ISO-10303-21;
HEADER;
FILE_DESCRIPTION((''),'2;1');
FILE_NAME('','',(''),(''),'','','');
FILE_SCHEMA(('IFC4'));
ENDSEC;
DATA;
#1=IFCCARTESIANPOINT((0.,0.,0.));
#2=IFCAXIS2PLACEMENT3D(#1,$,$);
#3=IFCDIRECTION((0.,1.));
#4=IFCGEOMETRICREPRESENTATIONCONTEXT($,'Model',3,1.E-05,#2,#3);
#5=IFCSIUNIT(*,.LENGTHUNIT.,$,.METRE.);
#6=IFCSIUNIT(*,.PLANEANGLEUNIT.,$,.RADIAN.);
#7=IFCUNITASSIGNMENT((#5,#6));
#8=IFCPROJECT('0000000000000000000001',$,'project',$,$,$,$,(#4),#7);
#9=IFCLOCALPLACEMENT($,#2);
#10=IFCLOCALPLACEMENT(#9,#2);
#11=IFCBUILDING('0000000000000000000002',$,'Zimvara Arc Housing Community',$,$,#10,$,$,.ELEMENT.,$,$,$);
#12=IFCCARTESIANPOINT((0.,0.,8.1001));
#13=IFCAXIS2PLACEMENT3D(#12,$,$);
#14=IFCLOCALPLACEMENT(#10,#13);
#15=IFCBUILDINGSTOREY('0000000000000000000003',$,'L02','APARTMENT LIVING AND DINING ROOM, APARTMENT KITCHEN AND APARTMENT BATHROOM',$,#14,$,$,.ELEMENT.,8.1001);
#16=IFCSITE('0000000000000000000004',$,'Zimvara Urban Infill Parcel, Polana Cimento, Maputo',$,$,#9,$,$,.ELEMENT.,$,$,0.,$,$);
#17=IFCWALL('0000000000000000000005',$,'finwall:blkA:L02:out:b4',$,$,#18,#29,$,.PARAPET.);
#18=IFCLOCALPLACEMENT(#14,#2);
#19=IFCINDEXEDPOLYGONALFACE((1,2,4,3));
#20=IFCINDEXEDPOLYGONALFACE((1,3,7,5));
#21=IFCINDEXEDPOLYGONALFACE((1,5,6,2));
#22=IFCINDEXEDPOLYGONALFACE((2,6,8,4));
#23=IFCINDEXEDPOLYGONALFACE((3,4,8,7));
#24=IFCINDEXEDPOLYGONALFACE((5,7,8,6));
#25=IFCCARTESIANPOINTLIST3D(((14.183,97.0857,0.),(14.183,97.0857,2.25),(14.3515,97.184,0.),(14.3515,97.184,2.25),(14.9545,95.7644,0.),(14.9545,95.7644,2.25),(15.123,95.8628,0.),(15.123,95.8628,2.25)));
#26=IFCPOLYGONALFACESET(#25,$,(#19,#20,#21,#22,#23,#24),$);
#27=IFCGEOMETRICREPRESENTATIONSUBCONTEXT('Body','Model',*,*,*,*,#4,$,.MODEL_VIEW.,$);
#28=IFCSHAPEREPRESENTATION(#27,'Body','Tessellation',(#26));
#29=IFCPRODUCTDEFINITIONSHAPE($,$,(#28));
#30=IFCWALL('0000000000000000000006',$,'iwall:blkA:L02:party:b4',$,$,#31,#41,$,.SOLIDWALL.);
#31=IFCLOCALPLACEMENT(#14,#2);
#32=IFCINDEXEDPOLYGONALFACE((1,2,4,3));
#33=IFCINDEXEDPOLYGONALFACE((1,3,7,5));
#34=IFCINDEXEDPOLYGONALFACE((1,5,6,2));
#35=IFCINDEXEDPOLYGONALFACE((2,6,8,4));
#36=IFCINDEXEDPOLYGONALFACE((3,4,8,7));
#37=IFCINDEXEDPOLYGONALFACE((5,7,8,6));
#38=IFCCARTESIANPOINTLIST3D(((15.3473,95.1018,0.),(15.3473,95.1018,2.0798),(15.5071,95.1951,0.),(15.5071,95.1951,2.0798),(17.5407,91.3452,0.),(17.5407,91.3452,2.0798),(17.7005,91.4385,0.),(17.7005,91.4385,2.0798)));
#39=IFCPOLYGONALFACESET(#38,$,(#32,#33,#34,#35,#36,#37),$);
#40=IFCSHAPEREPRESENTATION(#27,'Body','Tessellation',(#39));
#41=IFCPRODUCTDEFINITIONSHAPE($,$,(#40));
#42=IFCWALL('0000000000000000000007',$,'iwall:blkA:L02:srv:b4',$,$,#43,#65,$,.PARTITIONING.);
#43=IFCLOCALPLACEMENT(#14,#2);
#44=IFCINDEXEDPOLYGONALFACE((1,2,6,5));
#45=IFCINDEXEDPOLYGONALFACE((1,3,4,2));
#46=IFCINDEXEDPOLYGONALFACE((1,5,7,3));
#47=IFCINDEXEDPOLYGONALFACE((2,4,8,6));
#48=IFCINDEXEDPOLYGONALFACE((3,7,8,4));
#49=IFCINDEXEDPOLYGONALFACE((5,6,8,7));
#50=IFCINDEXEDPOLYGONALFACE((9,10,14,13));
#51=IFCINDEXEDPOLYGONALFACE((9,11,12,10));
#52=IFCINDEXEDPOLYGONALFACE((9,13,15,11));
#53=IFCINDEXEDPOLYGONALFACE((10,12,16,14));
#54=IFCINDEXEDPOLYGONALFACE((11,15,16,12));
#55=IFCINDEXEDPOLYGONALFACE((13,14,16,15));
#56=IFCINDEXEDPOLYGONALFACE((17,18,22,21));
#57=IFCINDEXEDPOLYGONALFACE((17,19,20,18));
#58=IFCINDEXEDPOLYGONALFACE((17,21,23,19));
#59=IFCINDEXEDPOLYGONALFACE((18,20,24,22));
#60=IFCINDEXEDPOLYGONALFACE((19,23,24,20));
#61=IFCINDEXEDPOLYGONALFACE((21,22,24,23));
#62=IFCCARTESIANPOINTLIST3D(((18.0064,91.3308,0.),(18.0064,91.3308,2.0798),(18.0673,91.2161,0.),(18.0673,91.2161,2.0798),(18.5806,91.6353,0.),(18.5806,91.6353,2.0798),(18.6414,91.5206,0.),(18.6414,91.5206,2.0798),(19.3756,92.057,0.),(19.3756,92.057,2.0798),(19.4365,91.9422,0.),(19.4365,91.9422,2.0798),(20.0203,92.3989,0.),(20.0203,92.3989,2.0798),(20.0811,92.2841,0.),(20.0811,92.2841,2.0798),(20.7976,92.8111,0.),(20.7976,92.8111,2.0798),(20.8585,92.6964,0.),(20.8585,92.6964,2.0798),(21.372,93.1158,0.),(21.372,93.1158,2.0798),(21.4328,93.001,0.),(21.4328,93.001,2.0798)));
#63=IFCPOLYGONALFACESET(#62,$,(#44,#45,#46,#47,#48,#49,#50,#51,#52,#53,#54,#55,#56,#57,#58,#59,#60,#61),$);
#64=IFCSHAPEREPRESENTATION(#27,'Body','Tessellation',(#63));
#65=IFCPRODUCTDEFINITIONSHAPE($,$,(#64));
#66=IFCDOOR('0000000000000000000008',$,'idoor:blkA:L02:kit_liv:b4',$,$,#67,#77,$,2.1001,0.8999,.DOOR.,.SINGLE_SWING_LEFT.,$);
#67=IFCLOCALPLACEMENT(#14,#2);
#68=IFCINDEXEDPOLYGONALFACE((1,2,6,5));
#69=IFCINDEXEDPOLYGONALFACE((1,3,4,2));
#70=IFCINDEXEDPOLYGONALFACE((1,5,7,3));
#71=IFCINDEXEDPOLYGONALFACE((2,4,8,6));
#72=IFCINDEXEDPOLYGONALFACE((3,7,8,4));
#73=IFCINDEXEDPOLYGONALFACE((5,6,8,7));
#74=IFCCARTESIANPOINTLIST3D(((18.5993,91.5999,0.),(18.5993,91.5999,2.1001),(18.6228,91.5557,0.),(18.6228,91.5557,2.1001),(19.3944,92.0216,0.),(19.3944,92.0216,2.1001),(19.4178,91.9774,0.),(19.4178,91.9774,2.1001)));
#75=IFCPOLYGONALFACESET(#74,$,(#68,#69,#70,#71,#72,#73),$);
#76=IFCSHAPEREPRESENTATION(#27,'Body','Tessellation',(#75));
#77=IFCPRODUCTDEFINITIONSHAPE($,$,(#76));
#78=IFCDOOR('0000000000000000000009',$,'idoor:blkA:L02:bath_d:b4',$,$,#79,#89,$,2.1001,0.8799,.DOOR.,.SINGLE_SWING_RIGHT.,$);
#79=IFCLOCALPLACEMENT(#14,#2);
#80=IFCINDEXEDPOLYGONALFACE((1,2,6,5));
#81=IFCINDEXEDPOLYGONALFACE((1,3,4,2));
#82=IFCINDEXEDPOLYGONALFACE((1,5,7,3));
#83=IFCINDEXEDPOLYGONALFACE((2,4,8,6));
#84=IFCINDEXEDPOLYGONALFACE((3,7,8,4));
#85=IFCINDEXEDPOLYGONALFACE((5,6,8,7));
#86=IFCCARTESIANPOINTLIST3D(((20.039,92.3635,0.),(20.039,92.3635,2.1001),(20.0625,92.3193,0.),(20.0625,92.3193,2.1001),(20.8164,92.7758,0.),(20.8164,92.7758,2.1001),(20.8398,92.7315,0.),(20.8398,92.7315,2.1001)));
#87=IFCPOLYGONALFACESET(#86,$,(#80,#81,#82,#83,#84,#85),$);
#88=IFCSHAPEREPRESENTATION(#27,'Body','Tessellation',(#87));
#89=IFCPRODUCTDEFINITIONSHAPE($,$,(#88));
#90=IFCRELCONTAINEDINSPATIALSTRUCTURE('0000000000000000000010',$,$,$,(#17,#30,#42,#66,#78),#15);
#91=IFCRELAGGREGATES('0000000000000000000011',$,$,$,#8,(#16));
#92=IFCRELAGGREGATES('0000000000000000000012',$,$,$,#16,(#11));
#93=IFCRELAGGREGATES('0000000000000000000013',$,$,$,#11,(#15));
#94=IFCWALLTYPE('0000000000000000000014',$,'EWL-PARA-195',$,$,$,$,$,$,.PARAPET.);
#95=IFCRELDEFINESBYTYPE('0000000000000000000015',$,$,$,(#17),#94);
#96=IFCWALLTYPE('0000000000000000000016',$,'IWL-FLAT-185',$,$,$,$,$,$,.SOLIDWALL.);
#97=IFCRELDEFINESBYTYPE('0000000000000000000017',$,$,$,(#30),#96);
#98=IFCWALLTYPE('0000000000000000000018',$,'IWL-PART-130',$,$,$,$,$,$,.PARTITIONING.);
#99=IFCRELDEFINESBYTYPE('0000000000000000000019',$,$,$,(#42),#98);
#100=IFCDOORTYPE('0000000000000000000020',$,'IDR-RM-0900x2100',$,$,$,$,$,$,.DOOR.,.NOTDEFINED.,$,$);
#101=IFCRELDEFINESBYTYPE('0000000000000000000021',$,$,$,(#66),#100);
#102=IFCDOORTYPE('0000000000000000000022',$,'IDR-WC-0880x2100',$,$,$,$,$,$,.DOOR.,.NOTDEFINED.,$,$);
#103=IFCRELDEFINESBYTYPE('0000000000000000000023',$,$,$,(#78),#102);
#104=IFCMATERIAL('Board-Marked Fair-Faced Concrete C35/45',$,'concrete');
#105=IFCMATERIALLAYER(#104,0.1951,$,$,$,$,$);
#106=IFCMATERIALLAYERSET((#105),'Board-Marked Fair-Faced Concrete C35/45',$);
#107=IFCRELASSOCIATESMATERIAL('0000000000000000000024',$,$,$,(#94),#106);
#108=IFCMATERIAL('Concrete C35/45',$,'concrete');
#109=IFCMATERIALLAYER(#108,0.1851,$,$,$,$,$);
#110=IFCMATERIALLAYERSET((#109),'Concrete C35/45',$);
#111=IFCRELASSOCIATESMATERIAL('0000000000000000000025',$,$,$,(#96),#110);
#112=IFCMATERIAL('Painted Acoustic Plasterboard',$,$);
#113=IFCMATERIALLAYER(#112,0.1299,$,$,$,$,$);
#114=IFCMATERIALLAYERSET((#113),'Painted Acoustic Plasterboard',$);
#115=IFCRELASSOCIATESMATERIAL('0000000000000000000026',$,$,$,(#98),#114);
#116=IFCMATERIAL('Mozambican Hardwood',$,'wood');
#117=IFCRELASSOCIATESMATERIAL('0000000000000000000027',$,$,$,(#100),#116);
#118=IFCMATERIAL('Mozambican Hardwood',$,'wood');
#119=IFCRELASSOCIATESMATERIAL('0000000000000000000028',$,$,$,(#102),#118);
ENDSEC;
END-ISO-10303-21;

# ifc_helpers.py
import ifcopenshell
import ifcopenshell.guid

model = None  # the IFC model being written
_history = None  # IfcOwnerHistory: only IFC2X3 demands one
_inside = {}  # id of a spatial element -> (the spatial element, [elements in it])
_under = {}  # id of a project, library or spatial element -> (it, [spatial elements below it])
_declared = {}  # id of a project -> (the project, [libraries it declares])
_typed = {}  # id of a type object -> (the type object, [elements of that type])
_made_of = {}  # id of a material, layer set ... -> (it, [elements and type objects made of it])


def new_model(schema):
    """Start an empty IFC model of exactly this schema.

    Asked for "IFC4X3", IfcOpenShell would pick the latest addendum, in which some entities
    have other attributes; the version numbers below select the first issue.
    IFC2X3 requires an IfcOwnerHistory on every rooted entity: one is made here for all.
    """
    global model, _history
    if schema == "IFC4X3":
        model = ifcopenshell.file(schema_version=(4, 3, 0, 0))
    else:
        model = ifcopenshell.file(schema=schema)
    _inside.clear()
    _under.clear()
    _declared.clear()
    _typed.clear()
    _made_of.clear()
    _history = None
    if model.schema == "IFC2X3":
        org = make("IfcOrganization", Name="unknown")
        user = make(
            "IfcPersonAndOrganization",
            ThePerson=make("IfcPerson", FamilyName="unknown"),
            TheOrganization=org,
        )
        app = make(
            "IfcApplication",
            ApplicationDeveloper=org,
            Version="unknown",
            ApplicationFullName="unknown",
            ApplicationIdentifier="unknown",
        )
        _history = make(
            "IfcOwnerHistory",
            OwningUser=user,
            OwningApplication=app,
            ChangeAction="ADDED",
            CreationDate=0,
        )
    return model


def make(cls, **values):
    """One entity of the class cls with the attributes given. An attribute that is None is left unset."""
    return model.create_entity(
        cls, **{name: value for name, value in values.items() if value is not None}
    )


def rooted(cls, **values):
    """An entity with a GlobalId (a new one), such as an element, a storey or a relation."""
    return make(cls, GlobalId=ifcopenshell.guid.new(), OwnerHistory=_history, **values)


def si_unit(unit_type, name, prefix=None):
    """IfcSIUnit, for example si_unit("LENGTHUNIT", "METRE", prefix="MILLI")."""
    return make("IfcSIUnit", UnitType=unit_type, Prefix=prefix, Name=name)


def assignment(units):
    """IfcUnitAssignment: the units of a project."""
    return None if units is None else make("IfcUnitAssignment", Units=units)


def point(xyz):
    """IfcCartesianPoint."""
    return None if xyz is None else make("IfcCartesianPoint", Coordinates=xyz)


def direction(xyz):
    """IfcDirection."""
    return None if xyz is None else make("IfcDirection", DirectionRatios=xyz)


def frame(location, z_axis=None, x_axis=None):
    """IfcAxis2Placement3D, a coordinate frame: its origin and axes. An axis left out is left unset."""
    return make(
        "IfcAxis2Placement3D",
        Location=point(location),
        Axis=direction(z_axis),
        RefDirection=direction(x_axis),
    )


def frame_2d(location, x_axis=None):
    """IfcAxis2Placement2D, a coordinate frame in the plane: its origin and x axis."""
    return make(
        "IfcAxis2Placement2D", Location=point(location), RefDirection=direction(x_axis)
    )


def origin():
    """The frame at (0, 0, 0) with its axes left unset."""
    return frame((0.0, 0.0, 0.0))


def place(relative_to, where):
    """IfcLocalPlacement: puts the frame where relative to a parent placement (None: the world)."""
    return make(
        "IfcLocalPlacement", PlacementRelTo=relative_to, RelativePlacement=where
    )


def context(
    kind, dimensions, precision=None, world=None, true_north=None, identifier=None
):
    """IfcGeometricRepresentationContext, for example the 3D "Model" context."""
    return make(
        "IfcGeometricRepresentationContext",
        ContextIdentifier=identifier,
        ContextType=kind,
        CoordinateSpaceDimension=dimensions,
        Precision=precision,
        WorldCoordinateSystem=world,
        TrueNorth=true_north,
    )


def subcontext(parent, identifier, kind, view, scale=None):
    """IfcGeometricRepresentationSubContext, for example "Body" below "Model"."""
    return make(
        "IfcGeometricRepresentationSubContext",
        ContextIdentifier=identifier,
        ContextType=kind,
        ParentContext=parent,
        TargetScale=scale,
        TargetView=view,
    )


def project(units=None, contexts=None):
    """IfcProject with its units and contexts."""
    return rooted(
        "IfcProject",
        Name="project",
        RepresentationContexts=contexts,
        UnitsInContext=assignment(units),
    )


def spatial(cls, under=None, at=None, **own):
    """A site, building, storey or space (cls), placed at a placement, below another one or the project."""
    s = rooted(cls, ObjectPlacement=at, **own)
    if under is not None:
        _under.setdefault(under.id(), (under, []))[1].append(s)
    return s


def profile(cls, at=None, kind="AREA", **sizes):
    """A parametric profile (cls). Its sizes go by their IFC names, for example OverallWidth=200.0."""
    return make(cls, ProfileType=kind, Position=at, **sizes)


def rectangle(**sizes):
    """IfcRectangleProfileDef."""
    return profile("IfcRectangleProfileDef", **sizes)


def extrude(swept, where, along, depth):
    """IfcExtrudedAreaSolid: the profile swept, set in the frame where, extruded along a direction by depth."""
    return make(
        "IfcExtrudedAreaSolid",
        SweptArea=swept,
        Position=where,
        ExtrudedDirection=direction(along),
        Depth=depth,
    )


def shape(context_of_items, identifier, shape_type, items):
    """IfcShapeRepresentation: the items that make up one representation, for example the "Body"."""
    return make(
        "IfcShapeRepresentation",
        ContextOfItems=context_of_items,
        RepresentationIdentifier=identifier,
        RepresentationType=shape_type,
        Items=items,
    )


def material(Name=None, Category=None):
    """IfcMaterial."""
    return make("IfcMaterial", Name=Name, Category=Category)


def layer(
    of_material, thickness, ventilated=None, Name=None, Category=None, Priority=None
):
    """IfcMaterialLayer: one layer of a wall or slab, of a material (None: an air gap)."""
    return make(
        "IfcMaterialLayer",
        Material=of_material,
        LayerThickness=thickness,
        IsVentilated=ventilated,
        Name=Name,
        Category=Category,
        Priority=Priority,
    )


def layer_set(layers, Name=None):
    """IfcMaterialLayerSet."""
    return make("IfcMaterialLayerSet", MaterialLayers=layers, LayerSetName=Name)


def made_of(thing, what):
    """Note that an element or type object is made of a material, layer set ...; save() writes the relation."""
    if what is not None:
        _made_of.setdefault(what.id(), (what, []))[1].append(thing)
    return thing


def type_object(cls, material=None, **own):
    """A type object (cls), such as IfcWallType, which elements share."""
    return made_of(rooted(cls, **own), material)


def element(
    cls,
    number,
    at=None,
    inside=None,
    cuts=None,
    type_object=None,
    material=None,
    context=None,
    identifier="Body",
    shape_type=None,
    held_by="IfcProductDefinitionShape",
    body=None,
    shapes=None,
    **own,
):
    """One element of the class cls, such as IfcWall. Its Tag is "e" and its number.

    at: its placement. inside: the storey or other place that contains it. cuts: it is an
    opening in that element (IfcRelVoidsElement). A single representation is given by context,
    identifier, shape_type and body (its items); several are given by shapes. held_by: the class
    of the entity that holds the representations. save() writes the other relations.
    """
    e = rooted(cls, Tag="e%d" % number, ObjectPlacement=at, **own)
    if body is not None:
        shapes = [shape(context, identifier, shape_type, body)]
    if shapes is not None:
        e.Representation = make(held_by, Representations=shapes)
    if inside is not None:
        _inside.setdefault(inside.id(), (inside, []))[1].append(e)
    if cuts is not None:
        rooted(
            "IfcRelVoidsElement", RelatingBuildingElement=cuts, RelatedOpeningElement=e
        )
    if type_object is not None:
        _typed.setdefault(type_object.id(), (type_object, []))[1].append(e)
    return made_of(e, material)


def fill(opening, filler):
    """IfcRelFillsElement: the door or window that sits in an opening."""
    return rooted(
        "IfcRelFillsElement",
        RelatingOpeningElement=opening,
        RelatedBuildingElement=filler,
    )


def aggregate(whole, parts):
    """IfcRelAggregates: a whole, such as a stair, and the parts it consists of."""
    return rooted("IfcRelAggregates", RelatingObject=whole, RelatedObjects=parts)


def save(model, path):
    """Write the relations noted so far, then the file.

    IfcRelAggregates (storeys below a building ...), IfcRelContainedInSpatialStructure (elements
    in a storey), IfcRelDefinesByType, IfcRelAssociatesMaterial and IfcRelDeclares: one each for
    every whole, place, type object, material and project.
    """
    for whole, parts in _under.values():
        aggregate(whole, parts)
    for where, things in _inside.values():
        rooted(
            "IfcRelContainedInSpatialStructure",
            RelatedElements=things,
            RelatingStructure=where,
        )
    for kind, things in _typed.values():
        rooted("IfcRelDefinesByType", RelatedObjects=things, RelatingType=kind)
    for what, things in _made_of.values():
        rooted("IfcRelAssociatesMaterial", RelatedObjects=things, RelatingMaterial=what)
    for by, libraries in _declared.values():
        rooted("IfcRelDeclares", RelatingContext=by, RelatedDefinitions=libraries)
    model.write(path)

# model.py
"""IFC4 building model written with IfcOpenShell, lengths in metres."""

from ifc_helpers import new_model, si_unit, direction, frame, frame_2d, origin, place, context, subcontext, project, spatial, rectangle, extrude, material, layer, layer_set, type_object, element, fill, save


model = new_model("IFC4")

# Units and contexts
model_context = context("Model", 3, precision=1e-05, world=origin(), true_north=direction((0.0, 1.0)))
body_context = subcontext(model_context, "Body", "Model", "MODEL_VIEW")
ifc_project = project(units=[si_unit("LENGTHUNIT", "METRE"), si_unit("PLANEANGLEUNIT", "RADIAN")], contexts=[model_context])

# Site, building, storey
site_placement = place(None, origin())
site = spatial("IfcSite", under=ifc_project, at=site_placement, Name="Zimvara Urban Infill Parcel, Polana Cimento, Maputo", CompositionType="ELEMENT", RefElevation=0.0)
building_placement = place(site_placement, origin())
building = spatial("IfcBuilding", under=site, at=building_placement, Name="Zimvara Arc Housing Community", CompositionType="ELEMENT")
storey_placement = place(building_placement, frame((0.0, 0.0, 8.1001)))
storey = spatial("IfcBuildingStorey", under=building, at=storey_placement, Name="L02", Description="APARTMENT LIVING AND DINING ROOM, APARTMENT KITCHEN AND APARTMENT BATHROOM", CompositionType="ELEMENT", Elevation=8.1001)

# Walls
ifc_material_1 = material(Name="Board-Marked Fair-Faced Concrete C35/45", Category="concrete")
ifc_layer_1 = layer(ifc_material_1, 0.1951)
ifc_layer_set_1 = layer_set([ifc_layer_1], Name="Board-Marked Fair-Faced Concrete C35/45")
wall_type_1 = type_object("IfcWallType", Name="EWL-PARA-195", PredefinedType="PARAPET", material=ifc_layer_set_1)
wall_1_placement = place(storey_placement, frame((15.0388, 95.8135, 0.0), z_axis=(0.0, 0.0, 1.0), x_axis=(-0.504228, 0.86357, 0.0)))
element("IfcWall", 1, at=wall_1_placement, inside=storey, type_object=wall_type_1, Name="finwall:blkA:L02:out:b4", PredefinedType="PARAPET", context=body_context, shape_type="SweptSolid", body=[
    extrude(rectangle(XDim=1.53, YDim=0.1951, at=frame_2d((0.7651, 0.0))), origin(), (0.0, 0.0, 1.0), 2.25),
])
ifc_material_2 = material(Name="Concrete C35/45", Category="concrete")
ifc_layer_2 = layer(ifc_material_2, 0.1851)
ifc_layer_set_2 = layer_set([ifc_layer_2], Name="Concrete C35/45")
wall_type_2 = type_object("IfcWallType", Name="IWL-FLAT-185", PredefinedType="SOLIDWALL", material=ifc_layer_set_2)
wall_2_placement = place(storey_placement, frame((17.6206, 91.3918, 0.0), z_axis=(0.0, 0.0, 1.0), x_axis=(-0.504216, 0.863577, 0.0)))
element("IfcWall", 2, at=wall_2_placement, inside=storey, type_object=wall_type_2, Name="iwall:blkA:L02:party:b4", PredefinedType="SOLIDWALL", context=body_context, shape_type="SweptSolid", body=[
    extrude(rectangle(XDim=4.3501, YDim=0.1851, at=frame_2d((2.175, 0.0))), origin(), (0.0, 0.0, 1.0), 2.0798),
])

# Wall, openings, doors
ifc_material_3 = material(Name="Painted Acoustic Plasterboard")
ifc_layer_3 = layer(ifc_material_3, 0.1299)
ifc_layer_set_3 = layer_set([ifc_layer_3], Name="Painted Acoustic Plasterboard")
wall_type_3 = type_object("IfcWallType", Name="IWL-PART-130", PredefinedType="PARTITIONING", material=ifc_layer_set_3)
wall_3_placement = place(storey_placement, frame((18.0369, 91.2734, 0.0), z_axis=(0.0, 0.0, 1.0), x_axis=(0.883442, 0.468541, 0.0)))
wall_3 = element("IfcWall", 3, at=wall_3_placement, inside=storey, type_object=wall_type_3, Name="iwall:blkA:L02:srv:b4", PredefinedType="PARTITIONING", context=body_context, shape_type="SweptSolid", body=[
    extrude(rectangle(XDim=3.8096, YDim=0.1299, at=frame_2d((1.9048, 0.0))), origin(), (0.0, 0.0, 1.0), 2.0798),
])
opening_1_placement = place(wall_3_placement, frame((0.6499, 0.0, 0.0)))
opening_1 = element("IfcOpeningElement", 4, at=opening_1_placement, cuts=wall_3, PredefinedType="OPENING", context=body_context, shape_type="SweptSolid", body=[
    extrude(rectangle(XDim=0.8999, YDim=2.1001, at=frame_2d((0.45, 1.05))), frame((0.0, 0.075, 0.0), z_axis=(0.0, -1.0, 0.0), x_axis=(1.0, 0.0, 0.0)), (0.0, 0.0, 1.0), 0.1499),
])
opening_2_placement = place(wall_3_placement, frame((2.2795, 0.0, 0.0)))
opening_2 = element("IfcOpeningElement", 5, at=opening_2_placement, cuts=wall_3, PredefinedType="OPENING", context=body_context, shape_type="SweptSolid", body=[
    extrude(rectangle(XDim=0.8799, YDim=2.1001, at=frame_2d((0.4399, 1.05))), frame((0.0, 0.075, 0.0), z_axis=(0.0, -1.0, 0.0), x_axis=(1.0, 0.0, 0.0)), (0.0, 0.0, 1.0), 0.1499),
])
ifc_material_4 = material(Name="Mozambican Hardwood", Category="wood")
door_type_1 = type_object("IfcDoorType", Name="IDR-RM-0900x2100", OperationType="NOTDEFINED", PredefinedType="DOOR", material=ifc_material_4)
door_1_placement = place(opening_1_placement, origin())
door_1 = element("IfcDoor", 6, at=door_1_placement, inside=storey, type_object=door_type_1, Name="idoor:blkA:L02:kit_liv:b4", OperationType="SINGLE_SWING_LEFT", OverallHeight=2.1001, OverallWidth=0.8999, PredefinedType="DOOR", context=body_context, shape_type="SweptSolid", body=[
    extrude(rectangle(XDim=0.8999, YDim=2.1001, at=frame_2d((0.45, 1.05))), frame((0.0, 0.0249, 0.0), z_axis=(0.0, -1.0, 0.0), x_axis=(1.0, 0.0, 0.0)), (0.0, 0.0, 1.0), 0.05),
])
fill(opening_1, door_1)
ifc_material_5 = material(Name="Mozambican Hardwood", Category="wood")
door_type_2 = type_object("IfcDoorType", Name="IDR-WC-0880x2100", OperationType="NOTDEFINED", PredefinedType="DOOR", material=ifc_material_5)
door_2_placement = place(opening_2_placement, origin())
door_2 = element("IfcDoor", 7, at=door_2_placement, inside=storey, type_object=door_type_2, Name="idoor:blkA:L02:bath_d:b4", OperationType="SINGLE_SWING_RIGHT", OverallHeight=2.1001, OverallWidth=0.8799, PredefinedType="DOOR", context=body_context, shape_type="SweptSolid", body=[
    extrude(rectangle(XDim=0.8799, YDim=2.1001, at=frame_2d((0.4399, 1.05))), frame((0.0, 0.0249, 0.0), z_axis=(0.0, -1.0, 0.0), x_axis=(1.0, 0.0, 0.0)), (0.0, 0.0, 1.0), 0.05),
])
fill(opening_2, door_2)

save(model, "model.ifc")
